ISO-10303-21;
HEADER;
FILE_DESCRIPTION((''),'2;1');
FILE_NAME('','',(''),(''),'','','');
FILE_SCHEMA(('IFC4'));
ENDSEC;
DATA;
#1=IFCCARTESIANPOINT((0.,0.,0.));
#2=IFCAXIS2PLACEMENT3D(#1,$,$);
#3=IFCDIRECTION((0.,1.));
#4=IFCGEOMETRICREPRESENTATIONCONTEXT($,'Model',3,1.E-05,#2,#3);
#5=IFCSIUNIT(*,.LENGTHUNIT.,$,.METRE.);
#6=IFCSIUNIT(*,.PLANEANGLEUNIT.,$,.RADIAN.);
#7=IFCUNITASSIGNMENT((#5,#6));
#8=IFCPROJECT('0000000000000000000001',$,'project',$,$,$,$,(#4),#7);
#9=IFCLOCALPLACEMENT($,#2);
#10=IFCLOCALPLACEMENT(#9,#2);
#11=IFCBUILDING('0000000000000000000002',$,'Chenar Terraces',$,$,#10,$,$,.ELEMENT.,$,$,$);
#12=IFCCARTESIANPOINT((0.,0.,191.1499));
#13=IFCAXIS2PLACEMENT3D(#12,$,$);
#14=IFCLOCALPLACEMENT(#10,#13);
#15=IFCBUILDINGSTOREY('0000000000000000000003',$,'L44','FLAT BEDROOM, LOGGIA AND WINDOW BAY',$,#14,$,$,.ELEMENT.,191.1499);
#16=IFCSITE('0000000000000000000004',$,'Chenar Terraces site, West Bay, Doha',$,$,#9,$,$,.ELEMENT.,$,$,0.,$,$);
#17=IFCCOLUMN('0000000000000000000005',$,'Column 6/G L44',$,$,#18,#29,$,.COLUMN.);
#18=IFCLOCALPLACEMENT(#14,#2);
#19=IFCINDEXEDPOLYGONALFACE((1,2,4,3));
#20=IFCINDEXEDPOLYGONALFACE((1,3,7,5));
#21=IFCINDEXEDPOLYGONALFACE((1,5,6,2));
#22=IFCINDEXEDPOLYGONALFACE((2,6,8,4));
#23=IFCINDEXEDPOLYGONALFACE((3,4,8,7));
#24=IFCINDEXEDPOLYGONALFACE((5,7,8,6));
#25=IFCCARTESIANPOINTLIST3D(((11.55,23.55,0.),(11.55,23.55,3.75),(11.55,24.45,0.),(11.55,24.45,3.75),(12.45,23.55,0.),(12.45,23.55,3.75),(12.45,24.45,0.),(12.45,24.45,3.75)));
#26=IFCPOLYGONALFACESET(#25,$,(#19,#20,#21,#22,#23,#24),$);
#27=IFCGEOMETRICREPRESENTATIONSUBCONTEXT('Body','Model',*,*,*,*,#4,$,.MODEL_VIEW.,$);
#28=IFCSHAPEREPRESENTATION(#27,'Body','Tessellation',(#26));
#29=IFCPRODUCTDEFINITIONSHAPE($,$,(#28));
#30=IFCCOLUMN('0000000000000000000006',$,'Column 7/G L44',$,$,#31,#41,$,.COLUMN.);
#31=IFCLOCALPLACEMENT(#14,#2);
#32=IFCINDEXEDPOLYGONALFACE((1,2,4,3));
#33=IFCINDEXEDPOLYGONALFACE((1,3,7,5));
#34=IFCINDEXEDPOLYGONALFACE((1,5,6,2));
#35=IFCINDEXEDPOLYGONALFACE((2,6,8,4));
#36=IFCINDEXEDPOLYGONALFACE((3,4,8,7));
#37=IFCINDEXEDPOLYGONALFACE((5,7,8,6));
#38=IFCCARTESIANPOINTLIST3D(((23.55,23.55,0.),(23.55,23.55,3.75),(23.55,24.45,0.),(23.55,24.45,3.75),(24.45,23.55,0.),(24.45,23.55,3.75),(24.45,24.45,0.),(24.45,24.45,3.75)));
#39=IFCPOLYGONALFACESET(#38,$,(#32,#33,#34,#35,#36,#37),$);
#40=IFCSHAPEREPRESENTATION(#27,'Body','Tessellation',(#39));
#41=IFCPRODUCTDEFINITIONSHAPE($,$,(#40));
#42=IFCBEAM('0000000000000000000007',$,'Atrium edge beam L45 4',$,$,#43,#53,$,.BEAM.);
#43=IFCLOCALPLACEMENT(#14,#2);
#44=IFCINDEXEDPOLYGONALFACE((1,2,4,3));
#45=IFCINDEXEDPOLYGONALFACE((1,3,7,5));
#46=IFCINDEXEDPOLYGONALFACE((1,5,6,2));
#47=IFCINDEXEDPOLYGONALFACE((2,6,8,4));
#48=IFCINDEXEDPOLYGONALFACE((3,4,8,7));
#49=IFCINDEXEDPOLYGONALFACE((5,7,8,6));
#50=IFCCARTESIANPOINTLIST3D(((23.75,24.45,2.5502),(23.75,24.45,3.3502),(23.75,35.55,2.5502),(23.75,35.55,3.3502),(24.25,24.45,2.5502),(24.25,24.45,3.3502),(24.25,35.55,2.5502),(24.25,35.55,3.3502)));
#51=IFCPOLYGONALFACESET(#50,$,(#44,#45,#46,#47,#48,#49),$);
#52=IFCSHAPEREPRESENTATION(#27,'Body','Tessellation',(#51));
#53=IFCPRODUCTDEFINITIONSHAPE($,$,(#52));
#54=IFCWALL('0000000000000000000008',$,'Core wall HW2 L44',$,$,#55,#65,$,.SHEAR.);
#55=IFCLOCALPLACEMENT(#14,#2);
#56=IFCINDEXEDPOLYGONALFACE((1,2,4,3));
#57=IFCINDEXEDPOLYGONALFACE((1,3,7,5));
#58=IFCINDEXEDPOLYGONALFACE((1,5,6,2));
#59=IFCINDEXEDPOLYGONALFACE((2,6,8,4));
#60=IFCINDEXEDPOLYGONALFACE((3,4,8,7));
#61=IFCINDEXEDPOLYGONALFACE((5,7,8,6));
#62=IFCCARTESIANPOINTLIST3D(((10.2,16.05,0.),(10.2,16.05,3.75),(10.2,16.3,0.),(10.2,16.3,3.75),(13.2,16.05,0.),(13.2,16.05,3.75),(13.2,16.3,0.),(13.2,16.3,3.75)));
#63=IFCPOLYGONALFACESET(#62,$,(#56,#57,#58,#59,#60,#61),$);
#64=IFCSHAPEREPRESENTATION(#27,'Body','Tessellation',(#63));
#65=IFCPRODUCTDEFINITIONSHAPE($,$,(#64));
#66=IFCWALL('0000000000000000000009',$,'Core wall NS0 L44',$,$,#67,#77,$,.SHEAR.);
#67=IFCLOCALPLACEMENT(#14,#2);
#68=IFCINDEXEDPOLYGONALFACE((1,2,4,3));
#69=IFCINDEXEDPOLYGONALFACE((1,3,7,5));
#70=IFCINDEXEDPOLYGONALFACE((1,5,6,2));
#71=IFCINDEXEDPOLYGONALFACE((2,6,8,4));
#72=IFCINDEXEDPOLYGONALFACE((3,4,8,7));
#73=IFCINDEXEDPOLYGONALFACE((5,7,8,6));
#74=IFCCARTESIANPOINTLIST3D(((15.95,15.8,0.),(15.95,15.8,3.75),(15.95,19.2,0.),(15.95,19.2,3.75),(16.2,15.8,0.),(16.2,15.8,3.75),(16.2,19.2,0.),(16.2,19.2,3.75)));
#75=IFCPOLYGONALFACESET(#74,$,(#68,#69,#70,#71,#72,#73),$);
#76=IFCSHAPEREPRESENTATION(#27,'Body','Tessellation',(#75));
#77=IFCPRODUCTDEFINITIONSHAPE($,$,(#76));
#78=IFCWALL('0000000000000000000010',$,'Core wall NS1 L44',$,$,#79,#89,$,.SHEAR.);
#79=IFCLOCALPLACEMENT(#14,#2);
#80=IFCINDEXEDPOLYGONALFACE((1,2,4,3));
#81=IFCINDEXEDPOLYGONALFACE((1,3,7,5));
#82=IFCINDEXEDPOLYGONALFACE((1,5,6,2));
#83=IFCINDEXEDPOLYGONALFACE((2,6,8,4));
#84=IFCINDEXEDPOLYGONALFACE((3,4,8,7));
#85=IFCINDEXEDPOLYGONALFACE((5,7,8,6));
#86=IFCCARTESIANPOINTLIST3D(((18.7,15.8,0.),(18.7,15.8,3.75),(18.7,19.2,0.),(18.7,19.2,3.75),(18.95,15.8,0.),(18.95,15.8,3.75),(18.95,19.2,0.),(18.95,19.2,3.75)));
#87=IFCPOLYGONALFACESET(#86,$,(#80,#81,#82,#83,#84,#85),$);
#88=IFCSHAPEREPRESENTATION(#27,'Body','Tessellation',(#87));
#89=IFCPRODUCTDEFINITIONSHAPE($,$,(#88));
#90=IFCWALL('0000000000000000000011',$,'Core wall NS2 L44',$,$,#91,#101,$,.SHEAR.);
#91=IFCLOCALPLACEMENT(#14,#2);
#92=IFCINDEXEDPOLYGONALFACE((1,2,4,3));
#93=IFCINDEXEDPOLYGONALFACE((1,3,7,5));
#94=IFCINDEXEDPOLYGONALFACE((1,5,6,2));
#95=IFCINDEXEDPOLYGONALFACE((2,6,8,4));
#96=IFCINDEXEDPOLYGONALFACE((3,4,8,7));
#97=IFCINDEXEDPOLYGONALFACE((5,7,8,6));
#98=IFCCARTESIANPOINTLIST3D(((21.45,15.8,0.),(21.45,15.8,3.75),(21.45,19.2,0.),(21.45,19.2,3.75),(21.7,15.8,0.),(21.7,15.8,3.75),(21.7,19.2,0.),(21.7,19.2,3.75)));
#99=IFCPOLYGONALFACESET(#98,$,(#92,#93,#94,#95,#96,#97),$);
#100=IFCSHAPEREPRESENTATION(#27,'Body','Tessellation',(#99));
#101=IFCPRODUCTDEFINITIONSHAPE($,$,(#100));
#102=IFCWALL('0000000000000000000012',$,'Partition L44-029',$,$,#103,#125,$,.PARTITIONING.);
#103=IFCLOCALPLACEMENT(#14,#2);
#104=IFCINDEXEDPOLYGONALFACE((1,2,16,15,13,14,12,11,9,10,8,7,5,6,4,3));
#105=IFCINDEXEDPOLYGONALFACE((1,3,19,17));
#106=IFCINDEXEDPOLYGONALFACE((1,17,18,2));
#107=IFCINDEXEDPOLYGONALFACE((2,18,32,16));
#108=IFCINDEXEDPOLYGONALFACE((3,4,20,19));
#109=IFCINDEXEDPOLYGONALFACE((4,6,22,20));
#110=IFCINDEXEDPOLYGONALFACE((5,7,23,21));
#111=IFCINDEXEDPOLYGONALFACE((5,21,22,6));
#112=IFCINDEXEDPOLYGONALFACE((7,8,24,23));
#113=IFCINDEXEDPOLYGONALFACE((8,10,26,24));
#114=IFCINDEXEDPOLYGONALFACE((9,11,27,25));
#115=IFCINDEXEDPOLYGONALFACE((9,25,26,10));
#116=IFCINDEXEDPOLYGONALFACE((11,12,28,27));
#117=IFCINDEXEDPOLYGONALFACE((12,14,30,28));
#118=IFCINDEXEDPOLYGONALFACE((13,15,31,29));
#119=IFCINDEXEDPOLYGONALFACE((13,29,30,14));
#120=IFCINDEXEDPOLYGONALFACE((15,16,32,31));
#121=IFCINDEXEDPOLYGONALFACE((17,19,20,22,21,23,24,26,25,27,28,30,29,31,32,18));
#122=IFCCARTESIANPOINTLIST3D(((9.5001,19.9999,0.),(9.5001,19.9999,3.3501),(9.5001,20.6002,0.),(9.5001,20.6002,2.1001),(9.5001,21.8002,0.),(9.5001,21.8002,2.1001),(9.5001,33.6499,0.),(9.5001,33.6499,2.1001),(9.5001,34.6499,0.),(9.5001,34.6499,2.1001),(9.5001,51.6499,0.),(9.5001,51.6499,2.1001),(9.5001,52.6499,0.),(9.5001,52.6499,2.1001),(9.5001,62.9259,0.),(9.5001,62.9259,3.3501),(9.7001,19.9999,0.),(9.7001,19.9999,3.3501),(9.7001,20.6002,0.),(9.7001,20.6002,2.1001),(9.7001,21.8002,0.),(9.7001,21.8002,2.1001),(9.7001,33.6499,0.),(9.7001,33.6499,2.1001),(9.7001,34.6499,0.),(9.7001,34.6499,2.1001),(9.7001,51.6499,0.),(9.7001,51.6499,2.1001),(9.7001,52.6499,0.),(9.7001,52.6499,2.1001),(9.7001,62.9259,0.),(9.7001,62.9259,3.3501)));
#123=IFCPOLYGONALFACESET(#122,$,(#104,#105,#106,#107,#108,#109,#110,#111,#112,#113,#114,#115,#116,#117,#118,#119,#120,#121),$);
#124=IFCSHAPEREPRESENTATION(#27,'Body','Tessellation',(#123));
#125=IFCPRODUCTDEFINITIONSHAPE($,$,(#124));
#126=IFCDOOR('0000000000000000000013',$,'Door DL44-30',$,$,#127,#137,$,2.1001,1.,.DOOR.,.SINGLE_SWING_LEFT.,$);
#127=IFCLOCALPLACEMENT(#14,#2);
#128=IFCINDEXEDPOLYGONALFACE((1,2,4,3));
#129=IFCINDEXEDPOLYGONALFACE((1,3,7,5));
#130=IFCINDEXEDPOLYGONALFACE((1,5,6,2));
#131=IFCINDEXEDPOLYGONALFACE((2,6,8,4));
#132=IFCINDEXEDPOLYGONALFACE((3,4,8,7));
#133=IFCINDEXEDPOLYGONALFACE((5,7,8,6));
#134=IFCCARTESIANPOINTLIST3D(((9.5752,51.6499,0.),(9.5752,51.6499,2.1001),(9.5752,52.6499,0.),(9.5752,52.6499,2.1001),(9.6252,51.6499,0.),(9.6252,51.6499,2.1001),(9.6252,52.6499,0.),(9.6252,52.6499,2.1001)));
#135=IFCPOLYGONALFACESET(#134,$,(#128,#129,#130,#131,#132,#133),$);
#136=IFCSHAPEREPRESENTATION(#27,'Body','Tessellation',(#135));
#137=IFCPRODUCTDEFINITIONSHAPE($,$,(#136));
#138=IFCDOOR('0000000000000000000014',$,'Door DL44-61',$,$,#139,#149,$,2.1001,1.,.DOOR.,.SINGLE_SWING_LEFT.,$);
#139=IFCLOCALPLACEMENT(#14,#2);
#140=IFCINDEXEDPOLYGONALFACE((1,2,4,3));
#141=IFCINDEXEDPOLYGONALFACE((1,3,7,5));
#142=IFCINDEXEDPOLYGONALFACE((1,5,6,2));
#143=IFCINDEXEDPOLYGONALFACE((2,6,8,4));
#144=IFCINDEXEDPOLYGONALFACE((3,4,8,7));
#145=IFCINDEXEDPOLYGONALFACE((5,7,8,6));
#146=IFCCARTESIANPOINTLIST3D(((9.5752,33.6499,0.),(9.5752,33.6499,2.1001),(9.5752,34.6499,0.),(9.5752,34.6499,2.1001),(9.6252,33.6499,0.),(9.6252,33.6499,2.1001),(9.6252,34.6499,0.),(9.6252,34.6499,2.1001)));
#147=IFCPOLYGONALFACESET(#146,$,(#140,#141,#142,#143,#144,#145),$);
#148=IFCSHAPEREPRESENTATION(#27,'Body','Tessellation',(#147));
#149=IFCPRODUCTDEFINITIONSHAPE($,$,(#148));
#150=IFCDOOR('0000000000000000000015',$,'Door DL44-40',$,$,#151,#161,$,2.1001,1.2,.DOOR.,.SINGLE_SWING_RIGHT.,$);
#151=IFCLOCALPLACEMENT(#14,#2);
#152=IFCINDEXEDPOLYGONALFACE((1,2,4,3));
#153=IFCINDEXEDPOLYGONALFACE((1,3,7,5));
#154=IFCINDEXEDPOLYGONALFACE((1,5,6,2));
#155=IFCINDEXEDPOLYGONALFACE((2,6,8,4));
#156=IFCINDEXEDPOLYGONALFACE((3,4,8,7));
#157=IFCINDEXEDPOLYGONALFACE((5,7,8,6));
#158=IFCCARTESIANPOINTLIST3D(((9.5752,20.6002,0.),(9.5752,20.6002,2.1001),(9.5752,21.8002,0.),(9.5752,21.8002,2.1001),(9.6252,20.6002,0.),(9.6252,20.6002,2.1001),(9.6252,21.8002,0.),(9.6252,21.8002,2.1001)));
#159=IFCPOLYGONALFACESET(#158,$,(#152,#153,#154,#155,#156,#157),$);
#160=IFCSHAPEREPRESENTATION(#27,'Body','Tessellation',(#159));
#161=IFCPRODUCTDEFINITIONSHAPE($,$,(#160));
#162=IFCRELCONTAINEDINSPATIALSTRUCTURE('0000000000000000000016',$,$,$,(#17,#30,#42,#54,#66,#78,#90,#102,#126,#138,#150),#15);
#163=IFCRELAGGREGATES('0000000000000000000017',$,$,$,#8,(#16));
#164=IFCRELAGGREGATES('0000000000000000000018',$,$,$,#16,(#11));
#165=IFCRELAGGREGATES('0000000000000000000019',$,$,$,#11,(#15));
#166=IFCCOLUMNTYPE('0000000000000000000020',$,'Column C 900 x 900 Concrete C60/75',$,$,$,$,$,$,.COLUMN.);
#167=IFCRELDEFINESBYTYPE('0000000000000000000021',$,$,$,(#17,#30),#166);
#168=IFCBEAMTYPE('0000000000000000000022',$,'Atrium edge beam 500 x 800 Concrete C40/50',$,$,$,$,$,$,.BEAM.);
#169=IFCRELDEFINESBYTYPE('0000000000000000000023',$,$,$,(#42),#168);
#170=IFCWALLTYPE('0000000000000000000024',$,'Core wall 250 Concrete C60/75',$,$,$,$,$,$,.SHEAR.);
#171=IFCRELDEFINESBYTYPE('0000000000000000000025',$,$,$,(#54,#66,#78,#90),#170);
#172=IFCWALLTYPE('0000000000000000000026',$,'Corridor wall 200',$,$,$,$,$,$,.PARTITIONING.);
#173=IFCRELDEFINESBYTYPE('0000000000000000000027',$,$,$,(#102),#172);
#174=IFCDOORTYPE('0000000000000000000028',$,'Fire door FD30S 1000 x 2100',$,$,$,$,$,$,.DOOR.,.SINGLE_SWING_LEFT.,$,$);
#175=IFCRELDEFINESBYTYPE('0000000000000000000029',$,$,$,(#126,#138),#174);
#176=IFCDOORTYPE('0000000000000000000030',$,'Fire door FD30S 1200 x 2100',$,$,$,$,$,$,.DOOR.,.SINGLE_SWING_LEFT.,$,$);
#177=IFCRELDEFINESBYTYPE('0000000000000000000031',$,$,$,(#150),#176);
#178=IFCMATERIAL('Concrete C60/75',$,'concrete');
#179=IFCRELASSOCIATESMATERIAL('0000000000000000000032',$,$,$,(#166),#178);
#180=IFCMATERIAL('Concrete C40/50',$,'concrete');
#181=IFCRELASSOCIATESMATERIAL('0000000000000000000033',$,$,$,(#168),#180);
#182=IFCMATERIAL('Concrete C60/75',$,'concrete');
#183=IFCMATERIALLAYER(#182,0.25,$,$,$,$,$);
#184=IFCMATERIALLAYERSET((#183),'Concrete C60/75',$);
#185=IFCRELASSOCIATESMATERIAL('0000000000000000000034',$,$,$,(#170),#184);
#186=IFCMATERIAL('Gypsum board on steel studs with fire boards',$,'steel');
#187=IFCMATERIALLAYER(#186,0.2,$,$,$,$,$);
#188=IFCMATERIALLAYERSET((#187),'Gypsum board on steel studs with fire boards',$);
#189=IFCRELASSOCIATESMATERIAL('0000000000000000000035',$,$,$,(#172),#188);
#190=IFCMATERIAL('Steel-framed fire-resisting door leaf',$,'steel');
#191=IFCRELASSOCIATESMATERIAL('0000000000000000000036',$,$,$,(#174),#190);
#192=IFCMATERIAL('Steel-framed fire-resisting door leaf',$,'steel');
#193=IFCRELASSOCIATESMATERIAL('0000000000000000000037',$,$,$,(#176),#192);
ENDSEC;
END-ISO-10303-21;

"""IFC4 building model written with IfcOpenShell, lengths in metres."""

from ifc_helpers import new_model, si_unit, direction, frame, frame_2d, origin, origin_2d, place, context, subcontext, project, spatial, rectangle, extrude, material, layer, layer_set, material_profile, profile_set, type_object, element, fill, save


model = new_model("IFC4")

# Units and contexts
model_context = context("Model", 3, precision=1e-05, world=origin(), true_north=direction((0.0, 1.0)))
body_context = subcontext(model_context, "Body", "Model", "MODEL_VIEW")
ifc_project = project(units=[si_unit("LENGTHUNIT", "METRE"), si_unit("PLANEANGLEUNIT", "RADIAN")], contexts=[model_context])

# Site, building, storey
site_placement = place(None, origin())
site = spatial("IfcSite", under=ifc_project, at=site_placement, Name="Chenar Terraces site, West Bay, Doha", CompositionType="ELEMENT", RefElevation=0.0)
building_placement = place(site_placement, origin())
building = spatial("IfcBuilding", under=site, at=building_placement, Name="Chenar Terraces", CompositionType="ELEMENT")
storey_placement = place(building_placement, frame((0.0, 0.0, 191.1499)))
storey = spatial("IfcBuildingStorey", under=building, at=storey_placement, Name="L44", Description="FLAT BEDROOM, LOGGIA AND WINDOW BAY", CompositionType="ELEMENT", Elevation=191.1499)

# Columns
ifc_material_1 = material(Name="Concrete C60/75", Category="concrete")
ifc_material_profile_1 = material_profile(ifc_material_1, rectangle(XDim=0.8999, YDim=0.8999, at=origin_2d()), Name="C 900 x 900")
ifc_profile_set_1 = profile_set([ifc_material_profile_1], Name="Concrete C60/75")
column_type = type_object("IfcColumnType", Name="Column C 900 x 900 Concrete C60/75", PredefinedType="COLUMN", material=ifc_profile_set_1)
for number, where, z_axis, x_axis, name in (
    (1, (12.0, 24.0, 0.0), (0.0, 0.0, 1.0), (1.0, 0.0, 0.0), "Column 6/G L44"),
    (2, (24.0, 24.0, 0.0), (0.0, 0.0, 1.0), (1.0, 0.0, 0.0), "Column 7/G L44"),
):
    element("IfcColumn", number, at=place(storey_placement, frame(where, z_axis=z_axis, x_axis=x_axis)), inside=storey, type_object=column_type, Name=name, PredefinedType="COLUMN", context=body_context, shape_type="SweptSolid", body=[
        extrude(rectangle(XDim=0.8999, YDim=0.8999, at=origin_2d()), origin(), (0.0, 0.0, 1.0), 3.75),
    ])

# Beam
ifc_material_2 = material(Name="Concrete C40/50", Category="concrete")
ifc_material_profile_2 = material_profile(ifc_material_2, rectangle(XDim=0.5, YDim=0.8, at=origin_2d()), Name="RC 500 x 800")
ifc_profile_set_2 = profile_set([ifc_material_profile_2], Name="Concrete C40/50")
beam_type = type_object("IfcBeamType", Name="Atrium edge beam 500 x 800 Concrete C40/50", PredefinedType="BEAM", material=ifc_profile_set_2)
beam_placement = place(storey_placement, frame((24.0, 35.55, 2.9502), z_axis=(0.0, -1.0, 0.0), x_axis=(1.0, 0.0, 0.0)))
element("IfcBeam", 3, at=beam_placement, inside=storey, type_object=beam_type, Name="Atrium edge beam L45 4", PredefinedType="BEAM", context=body_context, shape_type="SweptSolid", body=[
    extrude(rectangle(XDim=0.5, YDim=0.8, at=origin_2d()), origin(), (0.0, 0.0, 1.0), 11.1001),
])

# Walls
ifc_material_3 = material(Name="Concrete C60/75", Category="concrete")
ifc_layer_1 = layer(ifc_material_3, 0.25)
ifc_layer_set_1 = layer_set([ifc_layer_1], Name="Concrete C60/75")
wall_type_1 = type_object("IfcWallType", Name="Core wall 250 Concrete C60/75", PredefinedType="SHEAR", material=ifc_layer_set_1)
wall_1_placement = place(storey_placement, frame((10.2, 16.175, 0.0), z_axis=(0.0, 0.0, 1.0), x_axis=(1.0, 0.0, 0.0)))
element("IfcWall", 4, at=wall_1_placement, inside=storey, type_object=wall_type_1, Name="Core wall HW2 L44", PredefinedType="SHEAR", context=body_context, shape_type="SweptSolid", body=[
    extrude(rectangle(XDim=3.0, YDim=0.25, at=frame_2d((1.5, 0.0))), origin(), (0.0, 0.0, 1.0), 3.75),
])
for number, where, z_axis, x_axis, name in (
    (5, (16.075, 15.8, 0.0), (0.0, 0.0, 1.0), (0.0, 1.0, 0.0), "Core wall NS0 L44"),
    (6, (18.825, 15.8, 0.0), (0.0, 0.0, 1.0), (0.0, 1.0, 0.0), "Core wall NS1 L44"),
    (7, (21.575, 15.8, 0.0), (0.0, 0.0, 1.0), (0.0, 1.0, 0.0), "Core wall NS2 L44"),
):
    element("IfcWall", number, at=place(storey_placement, frame(where, z_axis=z_axis, x_axis=x_axis)), inside=storey, type_object=wall_type_1, Name=name, PredefinedType="SHEAR", context=body_context, shape_type="SweptSolid", body=[
        extrude(rectangle(XDim=3.3999, YDim=0.25, at=frame_2d((1.7, 0.0))), origin(), (0.0, 0.0, 1.0), 3.75),
    ])

# Wall, openings, doors
ifc_material_4 = material(Name="Gypsum board on steel studs with fire boards", Category="steel")
ifc_layer_2 = layer(ifc_material_4, 0.2)
ifc_layer_set_2 = layer_set([ifc_layer_2], Name="Gypsum board on steel studs with fire boards")
wall_type_2 = type_object("IfcWallType", Name="Corridor wall 200", PredefinedType="PARTITIONING", material=ifc_layer_set_2)
wall_2_placement = place(storey_placement, frame((9.6001, 20.0, 0.0), z_axis=(0.0, 0.0, 1.0), x_axis=(0.0, 1.0, 0.0)))
wall_2 = element("IfcWall", 8, at=wall_2_placement, inside=storey, type_object=wall_type_2, Name="Partition L44-029", PredefinedType="PARTITIONING", context=body_context, shape_type="SweptSolid", body=[
    extrude(rectangle(XDim=42.926, YDim=0.2, at=frame_2d((21.4629, 0.0))), origin(), (0.0, 0.0, 1.0), 3.3501),
])
opening_1_placement = place(wall_2_placement, frame((31.6499, 0.0, 0.0)))
opening_1 = element("IfcOpeningElement", 9, at=opening_1_placement, cuts=wall_2, PredefinedType="OPENING", context=body_context, shape_type="SweptSolid", body=[
    extrude(rectangle(XDim=1.0, YDim=2.1001, at=frame_2d((0.5, 1.05))), frame((0.0, 0.1099, 0.0), z_axis=(0.0, -1.0, 0.0), x_axis=(1.0, 0.0, 0.0)), (0.0, 0.0, 1.0), 0.22),
])
opening_2_placement = place(wall_2_placement, frame((0.6001, 0.0, 0.0)))
opening_2 = element("IfcOpeningElement", 10, at=opening_2_placement, cuts=wall_2, PredefinedType="OPENING", context=body_context, shape_type="SweptSolid", body=[
    extrude(rectangle(XDim=1.2, YDim=2.1001, at=frame_2d((0.6001, 1.05))), frame((0.0, 0.1099, 0.0), z_axis=(0.0, -1.0, 0.0), x_axis=(1.0, 0.0, 0.0)), (0.0, 0.0, 1.0), 0.22),
])
opening_3_placement = place(wall_2_placement, frame((13.6499, 0.0, 0.0)))
opening_3 = element("IfcOpeningElement", 11, at=opening_3_placement, cuts=wall_2, PredefinedType="OPENING", context=body_context, shape_type="SweptSolid", body=[
    extrude(rectangle(XDim=1.0, YDim=2.1001, at=frame_2d((0.5, 1.05))), frame((0.0, 0.1099, 0.0), z_axis=(0.0, -1.0, 0.0), x_axis=(1.0, 0.0, 0.0)), (0.0, 0.0, 1.0), 0.22),
])
ifc_material_5 = material(Name="Steel-framed fire-resisting door leaf", Category="steel")
door_type_1 = type_object("IfcDoorType", Name="Fire door FD30S 1000 x 2100", OperationType="SINGLE_SWING_LEFT", PredefinedType="DOOR", material=ifc_material_5)
door_1_placement = place(opening_1_placement, origin())
door_1 = element("IfcDoor", 12, at=door_1_placement, inside=storey, type_object=door_type_1, Name="Door DL44-30", OperationType="SINGLE_SWING_LEFT", OverallHeight=2.1001, OverallWidth=1.0, PredefinedType="DOOR", context=body_context, shape_type="SweptSolid", body=[
    extrude(rectangle(XDim=1.0, YDim=2.1001, at=frame_2d((0.5, 1.05))), frame((0.0, 0.0249, 0.0), z_axis=(0.0, -1.0, 0.0), x_axis=(1.0, 0.0, 0.0)), (0.0, 0.0, 1.0), 0.05),
])
fill(opening_1, door_1)
door_2_placement = place(opening_3_placement, origin())
door_2 = element("IfcDoor", 13, at=door_2_placement, inside=storey, type_object=door_type_1, Name="Door DL44-61", OperationType="SINGLE_SWING_LEFT", OverallHeight=2.1001, OverallWidth=1.0, PredefinedType="DOOR", context=body_context, shape_type="SweptSolid", body=[
    extrude(rectangle(XDim=1.0, YDim=2.1001, at=frame_2d((0.5, 1.05))), frame((0.0, 0.0249, 0.0), z_axis=(0.0, -1.0, 0.0), x_axis=(1.0, 0.0, 0.0)), (0.0, 0.0, 1.0), 0.05),
])
fill(opening_3, door_2)
ifc_material_6 = material(Name="Steel-framed fire-resisting door leaf", Category="steel")
door_type_2 = type_object("IfcDoorType", Name="Fire door FD30S 1200 x 2100", OperationType="SINGLE_SWING_LEFT", PredefinedType="DOOR", material=ifc_material_6)
door_3_placement = place(opening_2_placement, origin())
door_3 = element("IfcDoor", 14, at=door_3_placement, inside=storey, type_object=door_type_2, Name="Door DL44-40", OperationType="SINGLE_SWING_RIGHT", OverallHeight=2.1001, OverallWidth=1.2, PredefinedType="DOOR", context=body_context, shape_type="SweptSolid", body=[
    extrude(rectangle(XDim=1.2, YDim=2.1001, at=frame_2d((0.6001, 1.05))), frame((0.0, 0.0249, 0.0), z_axis=(0.0, -1.0, 0.0), x_axis=(1.0, 0.0, 0.0)), (0.0, 0.0, 1.0), 0.05),
])
fill(opening_2, door_3)

save(model, "model.ifc")
